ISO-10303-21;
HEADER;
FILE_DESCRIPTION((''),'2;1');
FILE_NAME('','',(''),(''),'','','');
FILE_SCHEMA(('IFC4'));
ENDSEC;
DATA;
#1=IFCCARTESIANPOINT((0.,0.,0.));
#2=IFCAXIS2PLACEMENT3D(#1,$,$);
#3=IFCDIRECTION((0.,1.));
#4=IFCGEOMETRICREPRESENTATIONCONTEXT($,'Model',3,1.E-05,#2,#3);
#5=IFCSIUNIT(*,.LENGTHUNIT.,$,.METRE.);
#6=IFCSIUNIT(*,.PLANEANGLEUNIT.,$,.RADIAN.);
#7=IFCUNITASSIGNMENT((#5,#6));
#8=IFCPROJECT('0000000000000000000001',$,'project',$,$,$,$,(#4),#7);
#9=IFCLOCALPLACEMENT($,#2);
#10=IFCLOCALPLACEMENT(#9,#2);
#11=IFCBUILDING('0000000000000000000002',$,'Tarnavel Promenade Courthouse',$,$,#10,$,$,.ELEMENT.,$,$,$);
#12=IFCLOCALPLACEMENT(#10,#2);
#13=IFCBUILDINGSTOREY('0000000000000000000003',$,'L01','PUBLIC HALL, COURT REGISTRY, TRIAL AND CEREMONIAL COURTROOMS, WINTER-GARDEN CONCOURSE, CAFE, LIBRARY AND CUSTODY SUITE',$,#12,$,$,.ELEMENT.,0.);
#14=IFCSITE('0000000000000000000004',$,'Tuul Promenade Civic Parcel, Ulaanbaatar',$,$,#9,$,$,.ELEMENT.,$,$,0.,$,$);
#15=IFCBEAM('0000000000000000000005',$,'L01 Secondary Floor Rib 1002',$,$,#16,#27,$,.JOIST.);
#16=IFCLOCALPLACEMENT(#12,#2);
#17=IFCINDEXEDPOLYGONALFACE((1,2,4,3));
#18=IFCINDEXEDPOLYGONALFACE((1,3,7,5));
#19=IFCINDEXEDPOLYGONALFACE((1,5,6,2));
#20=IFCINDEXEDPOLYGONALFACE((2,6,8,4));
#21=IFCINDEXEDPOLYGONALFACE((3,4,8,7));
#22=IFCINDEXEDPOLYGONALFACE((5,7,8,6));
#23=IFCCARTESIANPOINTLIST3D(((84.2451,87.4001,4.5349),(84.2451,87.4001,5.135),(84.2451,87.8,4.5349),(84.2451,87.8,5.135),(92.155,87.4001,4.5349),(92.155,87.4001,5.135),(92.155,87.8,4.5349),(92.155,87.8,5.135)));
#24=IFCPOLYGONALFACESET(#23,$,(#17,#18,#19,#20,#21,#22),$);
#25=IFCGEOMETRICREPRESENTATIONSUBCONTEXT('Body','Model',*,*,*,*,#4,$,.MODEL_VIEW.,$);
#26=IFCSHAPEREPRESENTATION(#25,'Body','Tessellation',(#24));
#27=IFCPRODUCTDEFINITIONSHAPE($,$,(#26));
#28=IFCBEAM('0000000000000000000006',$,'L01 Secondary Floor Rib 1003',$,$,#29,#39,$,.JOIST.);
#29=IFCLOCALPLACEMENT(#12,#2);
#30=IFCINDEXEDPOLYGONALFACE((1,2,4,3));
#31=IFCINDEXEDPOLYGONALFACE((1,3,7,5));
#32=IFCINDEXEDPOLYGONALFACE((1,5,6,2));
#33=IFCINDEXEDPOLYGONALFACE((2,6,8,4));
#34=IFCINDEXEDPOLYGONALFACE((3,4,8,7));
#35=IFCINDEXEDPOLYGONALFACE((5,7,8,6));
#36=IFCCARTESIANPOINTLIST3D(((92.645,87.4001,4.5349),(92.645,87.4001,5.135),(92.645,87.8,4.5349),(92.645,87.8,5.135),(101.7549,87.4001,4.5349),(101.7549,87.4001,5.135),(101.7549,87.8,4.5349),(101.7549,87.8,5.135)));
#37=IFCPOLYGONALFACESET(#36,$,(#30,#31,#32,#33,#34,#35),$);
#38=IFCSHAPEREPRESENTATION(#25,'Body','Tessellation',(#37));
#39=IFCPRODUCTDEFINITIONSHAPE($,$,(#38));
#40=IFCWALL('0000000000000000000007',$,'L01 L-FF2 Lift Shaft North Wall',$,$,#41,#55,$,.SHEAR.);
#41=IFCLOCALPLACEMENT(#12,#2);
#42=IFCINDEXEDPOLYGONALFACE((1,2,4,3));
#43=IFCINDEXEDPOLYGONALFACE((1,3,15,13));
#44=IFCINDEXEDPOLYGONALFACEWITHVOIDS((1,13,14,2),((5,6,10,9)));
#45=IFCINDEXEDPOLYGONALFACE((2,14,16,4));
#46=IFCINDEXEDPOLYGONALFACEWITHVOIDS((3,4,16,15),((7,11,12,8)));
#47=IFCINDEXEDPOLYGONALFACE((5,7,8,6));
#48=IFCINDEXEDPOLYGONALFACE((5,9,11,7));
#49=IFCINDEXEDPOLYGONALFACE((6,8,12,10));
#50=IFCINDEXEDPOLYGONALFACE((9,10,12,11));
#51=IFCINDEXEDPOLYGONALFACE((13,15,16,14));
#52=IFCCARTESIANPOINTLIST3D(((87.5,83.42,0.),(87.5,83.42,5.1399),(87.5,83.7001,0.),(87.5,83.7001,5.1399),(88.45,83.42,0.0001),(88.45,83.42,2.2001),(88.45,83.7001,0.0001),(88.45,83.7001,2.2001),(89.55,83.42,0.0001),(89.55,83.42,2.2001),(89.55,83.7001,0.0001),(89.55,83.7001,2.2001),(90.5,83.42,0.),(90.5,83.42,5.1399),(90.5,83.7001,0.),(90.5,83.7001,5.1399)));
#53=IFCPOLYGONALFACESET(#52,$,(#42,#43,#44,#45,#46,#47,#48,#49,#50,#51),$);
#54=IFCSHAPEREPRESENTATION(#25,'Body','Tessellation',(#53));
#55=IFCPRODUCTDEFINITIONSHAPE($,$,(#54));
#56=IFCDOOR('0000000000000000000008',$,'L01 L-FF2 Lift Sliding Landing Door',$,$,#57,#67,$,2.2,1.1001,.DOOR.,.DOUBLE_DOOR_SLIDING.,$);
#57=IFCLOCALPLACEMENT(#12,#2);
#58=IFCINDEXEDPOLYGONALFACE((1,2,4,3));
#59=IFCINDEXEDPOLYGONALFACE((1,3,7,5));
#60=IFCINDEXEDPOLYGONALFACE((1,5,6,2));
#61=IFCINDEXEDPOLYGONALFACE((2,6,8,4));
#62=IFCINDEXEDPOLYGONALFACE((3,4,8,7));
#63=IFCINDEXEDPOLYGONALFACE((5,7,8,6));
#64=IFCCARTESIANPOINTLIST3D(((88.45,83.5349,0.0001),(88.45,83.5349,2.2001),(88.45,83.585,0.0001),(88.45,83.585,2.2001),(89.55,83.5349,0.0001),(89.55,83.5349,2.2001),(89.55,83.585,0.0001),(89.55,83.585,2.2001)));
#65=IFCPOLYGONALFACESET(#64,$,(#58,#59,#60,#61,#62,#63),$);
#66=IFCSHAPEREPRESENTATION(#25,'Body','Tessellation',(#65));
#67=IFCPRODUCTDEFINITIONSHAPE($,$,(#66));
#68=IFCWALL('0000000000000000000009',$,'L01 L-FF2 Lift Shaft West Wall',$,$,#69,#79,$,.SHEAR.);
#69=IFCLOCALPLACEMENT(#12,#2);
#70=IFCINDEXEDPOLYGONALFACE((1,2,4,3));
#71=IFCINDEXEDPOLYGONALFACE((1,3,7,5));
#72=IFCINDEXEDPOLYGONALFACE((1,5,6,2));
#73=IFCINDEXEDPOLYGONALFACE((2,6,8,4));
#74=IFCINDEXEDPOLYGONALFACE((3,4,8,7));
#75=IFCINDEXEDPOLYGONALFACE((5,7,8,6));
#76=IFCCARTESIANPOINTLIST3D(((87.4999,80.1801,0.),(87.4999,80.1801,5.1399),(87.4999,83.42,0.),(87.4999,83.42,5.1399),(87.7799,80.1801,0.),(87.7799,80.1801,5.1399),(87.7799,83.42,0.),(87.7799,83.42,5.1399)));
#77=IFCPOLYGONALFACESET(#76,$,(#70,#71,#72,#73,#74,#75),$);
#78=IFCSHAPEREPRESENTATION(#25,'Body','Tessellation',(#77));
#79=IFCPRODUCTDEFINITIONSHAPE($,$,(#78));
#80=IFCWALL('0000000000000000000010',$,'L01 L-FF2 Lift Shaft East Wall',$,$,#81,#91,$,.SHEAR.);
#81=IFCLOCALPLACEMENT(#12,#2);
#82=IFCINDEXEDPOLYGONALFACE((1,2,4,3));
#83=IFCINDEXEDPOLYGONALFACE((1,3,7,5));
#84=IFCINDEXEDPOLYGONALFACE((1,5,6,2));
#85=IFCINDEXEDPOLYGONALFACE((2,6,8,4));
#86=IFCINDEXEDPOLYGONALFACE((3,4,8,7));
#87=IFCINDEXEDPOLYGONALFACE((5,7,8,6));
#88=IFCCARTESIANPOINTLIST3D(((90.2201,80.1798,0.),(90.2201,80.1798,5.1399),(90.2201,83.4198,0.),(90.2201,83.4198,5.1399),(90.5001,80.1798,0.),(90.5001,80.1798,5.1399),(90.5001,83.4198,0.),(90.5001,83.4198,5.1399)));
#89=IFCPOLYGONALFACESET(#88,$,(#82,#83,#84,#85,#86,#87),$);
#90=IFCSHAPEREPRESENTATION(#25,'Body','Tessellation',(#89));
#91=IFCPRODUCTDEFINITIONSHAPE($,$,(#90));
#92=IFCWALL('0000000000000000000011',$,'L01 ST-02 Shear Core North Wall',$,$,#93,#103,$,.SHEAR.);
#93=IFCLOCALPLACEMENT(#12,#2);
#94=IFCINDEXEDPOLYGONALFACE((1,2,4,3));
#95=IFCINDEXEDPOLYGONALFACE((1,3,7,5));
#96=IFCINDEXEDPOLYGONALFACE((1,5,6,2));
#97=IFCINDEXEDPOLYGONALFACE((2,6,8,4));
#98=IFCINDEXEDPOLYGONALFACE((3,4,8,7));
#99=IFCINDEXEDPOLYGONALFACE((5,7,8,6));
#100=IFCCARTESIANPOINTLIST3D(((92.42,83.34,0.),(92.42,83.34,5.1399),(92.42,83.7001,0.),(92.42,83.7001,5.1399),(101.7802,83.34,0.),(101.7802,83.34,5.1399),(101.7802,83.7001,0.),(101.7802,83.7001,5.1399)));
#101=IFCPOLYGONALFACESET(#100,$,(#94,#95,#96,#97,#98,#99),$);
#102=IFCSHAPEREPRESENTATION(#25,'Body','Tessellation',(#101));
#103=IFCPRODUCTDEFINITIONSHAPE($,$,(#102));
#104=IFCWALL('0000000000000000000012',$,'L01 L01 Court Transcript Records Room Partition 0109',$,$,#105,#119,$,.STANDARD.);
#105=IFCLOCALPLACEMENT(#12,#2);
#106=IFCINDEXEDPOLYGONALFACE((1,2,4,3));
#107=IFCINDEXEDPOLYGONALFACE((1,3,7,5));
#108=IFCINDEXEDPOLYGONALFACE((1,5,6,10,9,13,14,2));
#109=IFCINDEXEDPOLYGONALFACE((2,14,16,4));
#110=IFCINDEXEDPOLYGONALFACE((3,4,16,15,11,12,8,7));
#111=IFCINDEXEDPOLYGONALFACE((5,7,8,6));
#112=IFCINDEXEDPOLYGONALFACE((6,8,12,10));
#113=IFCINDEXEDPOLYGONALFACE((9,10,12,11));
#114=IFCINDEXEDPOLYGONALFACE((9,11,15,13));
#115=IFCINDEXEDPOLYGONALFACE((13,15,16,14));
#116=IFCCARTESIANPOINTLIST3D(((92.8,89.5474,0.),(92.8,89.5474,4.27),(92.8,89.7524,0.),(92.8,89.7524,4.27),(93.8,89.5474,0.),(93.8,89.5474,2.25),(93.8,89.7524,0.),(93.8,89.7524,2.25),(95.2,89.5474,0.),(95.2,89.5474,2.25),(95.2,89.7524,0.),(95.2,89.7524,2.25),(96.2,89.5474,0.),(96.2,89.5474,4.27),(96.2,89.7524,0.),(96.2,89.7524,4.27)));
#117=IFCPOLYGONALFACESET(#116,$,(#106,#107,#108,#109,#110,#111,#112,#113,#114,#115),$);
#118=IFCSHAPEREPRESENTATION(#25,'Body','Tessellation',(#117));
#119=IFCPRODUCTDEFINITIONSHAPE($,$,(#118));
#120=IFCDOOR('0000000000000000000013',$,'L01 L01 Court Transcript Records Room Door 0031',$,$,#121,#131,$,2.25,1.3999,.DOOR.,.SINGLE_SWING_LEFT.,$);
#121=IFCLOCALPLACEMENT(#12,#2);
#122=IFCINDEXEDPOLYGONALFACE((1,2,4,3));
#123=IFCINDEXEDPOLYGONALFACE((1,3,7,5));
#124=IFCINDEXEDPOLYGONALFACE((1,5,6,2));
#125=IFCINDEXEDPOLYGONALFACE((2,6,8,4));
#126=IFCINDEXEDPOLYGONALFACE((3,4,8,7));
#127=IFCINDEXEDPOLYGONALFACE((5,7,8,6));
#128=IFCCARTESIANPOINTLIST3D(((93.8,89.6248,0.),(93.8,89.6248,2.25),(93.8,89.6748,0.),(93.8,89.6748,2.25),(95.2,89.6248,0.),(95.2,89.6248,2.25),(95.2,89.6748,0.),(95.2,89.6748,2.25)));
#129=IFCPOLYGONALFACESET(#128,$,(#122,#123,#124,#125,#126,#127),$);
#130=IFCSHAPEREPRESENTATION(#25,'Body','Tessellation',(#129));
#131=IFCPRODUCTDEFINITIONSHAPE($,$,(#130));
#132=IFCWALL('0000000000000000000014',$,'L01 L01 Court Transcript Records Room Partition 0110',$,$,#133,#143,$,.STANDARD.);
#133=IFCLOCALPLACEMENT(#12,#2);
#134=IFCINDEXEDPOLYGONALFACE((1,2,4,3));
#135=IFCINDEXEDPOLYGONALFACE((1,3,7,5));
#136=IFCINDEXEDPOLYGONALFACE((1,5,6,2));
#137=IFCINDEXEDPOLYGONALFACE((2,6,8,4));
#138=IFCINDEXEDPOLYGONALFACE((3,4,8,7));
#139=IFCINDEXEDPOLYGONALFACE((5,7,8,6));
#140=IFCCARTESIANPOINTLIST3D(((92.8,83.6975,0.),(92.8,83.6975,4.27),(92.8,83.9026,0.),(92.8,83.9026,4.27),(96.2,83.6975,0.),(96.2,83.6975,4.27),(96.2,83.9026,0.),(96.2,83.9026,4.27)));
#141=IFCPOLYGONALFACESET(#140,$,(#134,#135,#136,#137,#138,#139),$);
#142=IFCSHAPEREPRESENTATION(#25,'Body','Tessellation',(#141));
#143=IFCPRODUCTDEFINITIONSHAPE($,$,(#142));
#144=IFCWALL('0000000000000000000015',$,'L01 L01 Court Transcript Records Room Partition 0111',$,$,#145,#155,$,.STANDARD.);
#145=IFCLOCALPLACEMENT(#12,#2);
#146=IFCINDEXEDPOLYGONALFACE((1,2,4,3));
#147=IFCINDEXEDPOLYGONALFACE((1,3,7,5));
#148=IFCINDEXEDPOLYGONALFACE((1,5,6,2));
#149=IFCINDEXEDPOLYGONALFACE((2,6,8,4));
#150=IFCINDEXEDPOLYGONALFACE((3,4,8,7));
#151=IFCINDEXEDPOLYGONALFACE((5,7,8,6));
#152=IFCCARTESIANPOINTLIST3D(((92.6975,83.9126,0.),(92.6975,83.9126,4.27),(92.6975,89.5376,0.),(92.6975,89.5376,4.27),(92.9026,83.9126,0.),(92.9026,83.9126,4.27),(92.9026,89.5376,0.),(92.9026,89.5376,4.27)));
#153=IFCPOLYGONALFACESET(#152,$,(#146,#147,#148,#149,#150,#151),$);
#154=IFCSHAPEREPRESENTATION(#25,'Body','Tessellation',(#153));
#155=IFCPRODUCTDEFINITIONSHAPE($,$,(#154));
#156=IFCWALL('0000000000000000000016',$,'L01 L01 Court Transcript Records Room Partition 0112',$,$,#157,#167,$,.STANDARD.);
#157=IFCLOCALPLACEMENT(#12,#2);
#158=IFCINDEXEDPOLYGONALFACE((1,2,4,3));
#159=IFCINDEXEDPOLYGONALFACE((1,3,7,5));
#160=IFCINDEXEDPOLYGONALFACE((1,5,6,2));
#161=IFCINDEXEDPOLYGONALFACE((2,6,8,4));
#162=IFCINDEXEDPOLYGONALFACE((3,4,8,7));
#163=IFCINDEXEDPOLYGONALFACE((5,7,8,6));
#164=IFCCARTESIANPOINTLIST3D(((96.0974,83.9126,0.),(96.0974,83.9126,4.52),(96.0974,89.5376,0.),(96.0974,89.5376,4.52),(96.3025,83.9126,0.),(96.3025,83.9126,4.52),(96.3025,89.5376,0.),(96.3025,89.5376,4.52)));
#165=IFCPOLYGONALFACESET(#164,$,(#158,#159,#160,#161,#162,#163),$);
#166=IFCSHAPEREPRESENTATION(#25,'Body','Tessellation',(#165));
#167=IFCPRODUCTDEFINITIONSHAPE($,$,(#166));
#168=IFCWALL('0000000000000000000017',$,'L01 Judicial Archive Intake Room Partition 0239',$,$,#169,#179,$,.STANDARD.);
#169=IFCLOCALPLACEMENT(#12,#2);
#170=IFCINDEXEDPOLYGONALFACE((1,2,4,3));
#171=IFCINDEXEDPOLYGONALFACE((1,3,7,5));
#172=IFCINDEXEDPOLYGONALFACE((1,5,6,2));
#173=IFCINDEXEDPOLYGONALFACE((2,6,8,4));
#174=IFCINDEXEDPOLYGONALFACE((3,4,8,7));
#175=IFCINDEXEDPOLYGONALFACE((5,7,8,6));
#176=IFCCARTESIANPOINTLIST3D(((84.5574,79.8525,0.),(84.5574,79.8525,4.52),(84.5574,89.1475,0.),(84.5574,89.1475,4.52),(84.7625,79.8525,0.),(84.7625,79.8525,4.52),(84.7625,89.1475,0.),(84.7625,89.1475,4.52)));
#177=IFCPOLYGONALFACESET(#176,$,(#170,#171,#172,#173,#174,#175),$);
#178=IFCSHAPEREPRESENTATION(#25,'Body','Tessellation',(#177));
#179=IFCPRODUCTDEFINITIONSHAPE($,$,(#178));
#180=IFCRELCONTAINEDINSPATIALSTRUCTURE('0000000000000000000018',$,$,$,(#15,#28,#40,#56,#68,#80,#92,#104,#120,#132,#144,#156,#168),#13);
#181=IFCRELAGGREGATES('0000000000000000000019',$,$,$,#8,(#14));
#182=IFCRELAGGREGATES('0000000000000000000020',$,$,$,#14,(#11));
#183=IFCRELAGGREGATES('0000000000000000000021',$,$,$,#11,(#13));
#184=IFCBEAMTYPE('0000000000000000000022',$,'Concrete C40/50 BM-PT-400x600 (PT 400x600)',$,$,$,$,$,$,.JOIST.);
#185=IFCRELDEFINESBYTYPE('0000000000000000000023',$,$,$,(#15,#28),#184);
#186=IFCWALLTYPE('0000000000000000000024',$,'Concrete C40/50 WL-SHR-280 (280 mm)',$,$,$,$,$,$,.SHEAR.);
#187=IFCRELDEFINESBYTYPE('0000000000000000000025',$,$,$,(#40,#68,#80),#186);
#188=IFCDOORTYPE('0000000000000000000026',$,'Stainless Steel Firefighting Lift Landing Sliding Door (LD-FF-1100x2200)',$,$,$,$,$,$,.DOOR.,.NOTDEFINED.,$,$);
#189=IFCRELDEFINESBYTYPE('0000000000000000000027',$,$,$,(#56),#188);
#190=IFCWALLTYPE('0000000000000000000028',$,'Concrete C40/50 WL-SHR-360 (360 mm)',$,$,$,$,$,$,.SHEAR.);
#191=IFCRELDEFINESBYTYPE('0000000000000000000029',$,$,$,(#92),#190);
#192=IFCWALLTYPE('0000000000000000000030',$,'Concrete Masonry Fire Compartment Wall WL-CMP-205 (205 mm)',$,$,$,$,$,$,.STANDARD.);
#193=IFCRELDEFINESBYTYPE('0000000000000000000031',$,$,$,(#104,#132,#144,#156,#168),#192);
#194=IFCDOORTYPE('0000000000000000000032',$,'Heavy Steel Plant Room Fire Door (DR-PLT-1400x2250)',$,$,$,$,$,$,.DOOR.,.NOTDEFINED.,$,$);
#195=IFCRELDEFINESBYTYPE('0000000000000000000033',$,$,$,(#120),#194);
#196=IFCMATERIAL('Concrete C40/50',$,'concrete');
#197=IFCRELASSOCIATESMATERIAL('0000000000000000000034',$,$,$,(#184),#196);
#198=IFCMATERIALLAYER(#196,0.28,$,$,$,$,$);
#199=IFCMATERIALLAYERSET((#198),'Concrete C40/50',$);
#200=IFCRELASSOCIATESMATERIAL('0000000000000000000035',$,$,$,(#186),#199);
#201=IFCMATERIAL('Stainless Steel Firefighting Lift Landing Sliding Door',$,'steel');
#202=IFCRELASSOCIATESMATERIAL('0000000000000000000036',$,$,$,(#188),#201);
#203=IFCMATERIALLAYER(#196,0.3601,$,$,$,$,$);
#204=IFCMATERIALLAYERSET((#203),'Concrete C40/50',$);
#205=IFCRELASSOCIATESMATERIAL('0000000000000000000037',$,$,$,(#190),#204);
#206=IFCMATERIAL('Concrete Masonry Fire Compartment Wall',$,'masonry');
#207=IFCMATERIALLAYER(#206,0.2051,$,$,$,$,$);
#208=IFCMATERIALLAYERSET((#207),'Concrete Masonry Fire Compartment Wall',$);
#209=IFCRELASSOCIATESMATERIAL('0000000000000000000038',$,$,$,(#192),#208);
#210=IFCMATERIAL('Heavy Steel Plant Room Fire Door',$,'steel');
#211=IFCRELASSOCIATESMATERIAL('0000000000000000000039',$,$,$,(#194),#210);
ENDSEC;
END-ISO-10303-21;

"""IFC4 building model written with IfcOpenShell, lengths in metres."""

from ifc_helpers import new_model, si_unit, direction, frame, frame_2d, origin, origin_2d, place, context, subcontext, project, spatial, rectangle, extrude, material, layer, layer_set, material_profile, profile_set, type_object, element, fill, save


model = new_model("IFC4")

# Units and contexts
model_context = context("Model", 3, precision=1e-05, world=origin(), true_north=direction((0.0, 1.0)))
body_context = subcontext(model_context, "Body", "Model", "MODEL_VIEW")
ifc_project = project(units=[si_unit("LENGTHUNIT", "METRE"), si_unit("PLANEANGLEUNIT", "RADIAN")], contexts=[model_context])

# Site, building, storey
site_placement = place(None, origin())
site = spatial("IfcSite", under=ifc_project, at=site_placement, Name="Tuul Promenade Civic Parcel, Ulaanbaatar", CompositionType="ELEMENT", RefElevation=0.0)
building_placement = place(site_placement, origin())
building = spatial("IfcBuilding", under=site, at=building_placement, Name="Tarnavel Promenade Courthouse", CompositionType="ELEMENT")
storey_placement = place(building_placement, origin())
storey = spatial("IfcBuildingStorey", under=building, at=storey_placement, Name="L01", Description="PUBLIC HALL, COURT REGISTRY, TRIAL AND CEREMONIAL COURTROOMS, WINTER-GARDEN CONCOURSE, CAFE, LIBRARY AND CUSTODY SUITE", CompositionType="ELEMENT", Elevation=0.0)

# Beams
ifc_material_1 = material(Name="Concrete C40/50", Category="concrete")
ifc_material_profile = material_profile(ifc_material_1, rectangle(XDim=0.3999, YDim=0.6001, at=origin_2d()), Name="PT 400x600")
ifc_profile_set = profile_set([ifc_material_profile], Name="Concrete C40/50")
beam_type = type_object("IfcBeamType", Name="Concrete C40/50 BM-PT-400x600 (PT 400x600)", PredefinedType="JOIST", material=ifc_profile_set)
beam_1_placement = place(storey_placement, frame((84.2451, 87.6001, 4.835), z_axis=(1.0, 0.0, 0.0), x_axis=(0.0, 1.0, 0.0)))
element("IfcBeam", 1, at=beam_1_placement, inside=storey, type_object=beam_type, Name="L01 Secondary Floor Rib 1002", PredefinedType="JOIST", context=body_context, shape_type="SweptSolid", body=[
    extrude(rectangle(XDim=0.3999, YDim=0.6001, at=origin_2d()), origin(), (0.0, 0.0, 1.0), 7.9099),
])
beam_2_placement = place(storey_placement, frame((92.645, 87.6001, 4.835), z_axis=(1.0, 0.0, 0.0), x_axis=(0.0, 1.0, 0.0)))
element("IfcBeam", 2, at=beam_2_placement, inside=storey, type_object=beam_type, Name="L01 Secondary Floor Rib 1003", PredefinedType="JOIST", context=body_context, shape_type="SweptSolid", body=[
    extrude(rectangle(XDim=0.3999, YDim=0.6001, at=origin_2d()), origin(), (0.0, 0.0, 1.0), 9.1099),
])

# Wall, opening, door
ifc_layer_1 = layer(ifc_material_1, 0.28)
ifc_layer_set_1 = layer_set([ifc_layer_1], Name="Concrete C40/50")
wall_type_1 = type_object("IfcWallType", Name="Concrete C40/50 WL-SHR-280 (280 mm)", PredefinedType="SHEAR", material=ifc_layer_set_1)
wall_1_placement = place(storey_placement, frame((87.5, 83.5601, 0.0), z_axis=(0.0, 0.0, 1.0), x_axis=(1.0, 0.0, 0.0)))
wall_1 = element("IfcWall", 3, at=wall_1_placement, inside=storey, type_object=wall_type_1, Name="L01 L-FF2 Lift Shaft North Wall", PredefinedType="SHEAR", context=body_context, shape_type="SweptSolid", body=[
    extrude(rectangle(XDim=3.0, YDim=0.28, at=frame_2d((1.5, 0.0))), origin(), (0.0, 0.0, 1.0), 5.1399),
])
opening_1_placement = place(wall_1_placement, frame((0.95, 0.0, 0.0)))
opening_1 = element("IfcOpeningElement", 4, at=opening_1_placement, cuts=wall_1, PredefinedType="OPENING", context=body_context, shape_type="SweptSolid", body=[
    extrude(rectangle(XDim=1.1001, YDim=2.2, at=frame_2d((0.55, 1.1001))), frame((0.0, 0.1499, 0.0), z_axis=(0.0, -1.0, 0.0), x_axis=(1.0, 0.0, 0.0)), (0.0, 0.0, 1.0), 0.3),
])
ifc_material_2 = material(Name="Stainless Steel Firefighting Lift Landing Sliding Door", Category="steel")
door_type_1 = type_object("IfcDoorType", Name="Stainless Steel Firefighting Lift Landing Sliding Door (LD-FF-1100x2200)", OperationType="NOTDEFINED", PredefinedType="DOOR", material=ifc_material_2)
door_1_placement = place(opening_1_placement, origin())
door_1 = element("IfcDoor", 5, at=door_1_placement, inside=storey, type_object=door_type_1, Name="L01 L-FF2 Lift Sliding Landing Door", OperationType="DOUBLE_DOOR_SLIDING", OverallHeight=2.2, OverallWidth=1.1001, PredefinedType="DOOR", context=body_context, shape_type="SweptSolid", body=[
    extrude(rectangle(XDim=1.1001, YDim=2.2, at=frame_2d((0.55, 1.1001))), frame((0.0, 0.0249, 0.0), z_axis=(0.0, -1.0, 0.0), x_axis=(1.0, 0.0, 0.0)), (0.0, 0.0, 1.0), 0.05),
])
fill(opening_1, door_1)

# Walls
for number, where, z_axis, x_axis, name in (
    (6, (87.6399, 80.1799, 0.0), (0.0, 0.0, 1.0), (0.0, 1.0, 0.0), "L01 L-FF2 Lift Shaft West Wall"),
    (7, (90.3601, 83.4199, 0.0), (0.0, 0.0, 1.0), (0.0, -1.0, 0.0), "L01 L-FF2 Lift Shaft East Wall"),
):
    element("IfcWall", number, at=place(storey_placement, frame(where, z_axis=z_axis, x_axis=x_axis)), inside=storey, type_object=wall_type_1, Name=name, PredefinedType="SHEAR", context=body_context, shape_type="SweptSolid", body=[
        extrude(rectangle(XDim=3.24, YDim=0.28, at=frame_2d((1.6201, 0.0))), origin(), (0.0, 0.0, 1.0), 5.1399),
    ])
ifc_layer_2 = layer(ifc_material_1, 0.3601)
ifc_layer_set_2 = layer_set([ifc_layer_2], Name="Concrete C40/50")
wall_type_2 = type_object("IfcWallType", Name="Concrete C40/50 WL-SHR-360 (360 mm)", PredefinedType="SHEAR", material=ifc_layer_set_2)
wall_2_placement = place(storey_placement, frame((92.4199, 83.52, 0.0), z_axis=(0.0, 0.0, 1.0), x_axis=(1.0, 0.0, 0.0)))
element("IfcWall", 8, at=wall_2_placement, inside=storey, type_object=wall_type_2, Name="L01 ST-02 Shear Core North Wall", PredefinedType="SHEAR", context=body_context, shape_type="SweptSolid", body=[
    extrude(rectangle(XDim=9.3601, YDim=0.3601, at=frame_2d((4.6802, 0.0))), origin(), (0.0, 0.0, 1.0), 5.1399),
])

# Wall, opening, door
ifc_material_3 = material(Name="Concrete Masonry Fire Compartment Wall", Category="masonry")
ifc_layer_3 = layer(ifc_material_3, 0.2051)
ifc_layer_set_3 = layer_set([ifc_layer_3], Name="Concrete Masonry Fire Compartment Wall")
wall_type_3 = type_object("IfcWallType", Name="Concrete Masonry Fire Compartment Wall WL-CMP-205 (205 mm)", PredefinedType="STANDARD", material=ifc_layer_set_3)
wall_3_placement = place(storey_placement, frame((92.8, 89.6499, 0.0), z_axis=(0.0, 0.0, 1.0), x_axis=(1.0, 0.0, 0.0)))
wall_3 = element("IfcWall", 9, at=wall_3_placement, inside=storey, type_object=wall_type_3, Name="L01 L01 Court Transcript Records Room Partition 0109", PredefinedType="STANDARD", context=body_context, shape_type="SweptSolid", body=[
    extrude(rectangle(XDim=3.3999, YDim=0.2051, at=frame_2d((1.7, 0.0))), origin(), (0.0, 0.0, 1.0), 4.27),
])
opening_2_placement = place(wall_3_placement, frame((1.0, 0.0, 0.0)))
opening_2 = element("IfcOpeningElement", 10, at=opening_2_placement, cuts=wall_3, PredefinedType="OPENING", context=body_context, shape_type="SweptSolid", body=[
    extrude(rectangle(XDim=1.3999, YDim=2.25, at=frame_2d((0.7, 1.125))), frame((0.0, 0.1125, 0.0), z_axis=(0.0, -1.0, 0.0), x_axis=(1.0, 0.0, 0.0)), (0.0, 0.0, 1.0), 0.2251),
])
ifc_material_4 = material(Name="Heavy Steel Plant Room Fire Door", Category="steel")
door_type_2 = type_object("IfcDoorType", Name="Heavy Steel Plant Room Fire Door (DR-PLT-1400x2250)", OperationType="NOTDEFINED", PredefinedType="DOOR", material=ifc_material_4)
door_2_placement = place(opening_2_placement, origin())
door_2 = element("IfcDoor", 11, at=door_2_placement, inside=storey, type_object=door_type_2, Name="L01 L01 Court Transcript Records Room Door 0031", OperationType="SINGLE_SWING_LEFT", OverallHeight=2.25, OverallWidth=1.3999, PredefinedType="DOOR", context=body_context, shape_type="SweptSolid", body=[
    extrude(rectangle(XDim=1.3999, YDim=2.25, at=frame_2d((0.7, 1.125))), frame((0.0, 0.0249, 0.0), z_axis=(0.0, -1.0, 0.0), x_axis=(1.0, 0.0, 0.0)), (0.0, 0.0, 1.0), 0.05),
])
fill(opening_2, door_2)

# Walls
wall_4_placement = place(storey_placement, frame((96.2, 83.8, 0.0), z_axis=(0.0, 0.0, 1.0), x_axis=(-1.0, 0.0, 0.0)))
element("IfcWall", 12, at=wall_4_placement, inside=storey, type_object=wall_type_3, Name="L01 L01 Court Transcript Records Room Partition 0110", PredefinedType="STANDARD", context=body_context, shape_type="SweptSolid", body=[
    extrude(rectangle(XDim=3.3999, YDim=0.2051, at=frame_2d((1.7, 0.0))), origin(), (0.0, 0.0, 1.0), 4.27),
])
wall_5_placement = place(storey_placement, frame((92.8, 83.9126, 0.0), z_axis=(0.0, 0.0, 1.0), x_axis=(0.0, 1.0, 0.0)))
element("IfcWall", 13, at=wall_5_placement, inside=storey, type_object=wall_type_3, Name="L01 L01 Court Transcript Records Room Partition 0111", PredefinedType="STANDARD", context=body_context, shape_type="SweptSolid", body=[
    extrude(rectangle(XDim=5.625, YDim=0.2051, at=frame_2d((2.8125, 0.0))), origin(), (0.0, 0.0, 1.0), 4.27),
])
wall_6_placement = place(storey_placement, frame((96.2, 89.5376, 0.0), z_axis=(0.0, 0.0, 1.0), x_axis=(0.0, -1.0, 0.0)))
element("IfcWall", 14, at=wall_6_placement, inside=storey, type_object=wall_type_3, Name="L01 L01 Court Transcript Records Room Partition 0112", PredefinedType="STANDARD", context=body_context, shape_type="SweptSolid", body=[
    extrude(rectangle(XDim=5.625, YDim=0.2051, at=frame_2d((2.8125, 0.0))), origin(), (0.0, 0.0, 1.0), 4.52),
])
wall_7_placement = place(storey_placement, frame((84.6599, 89.1475, 0.0), z_axis=(0.0, 0.0, 1.0), x_axis=(0.0, -1.0, 0.0)))
element("IfcWall", 15, at=wall_7_placement, inside=storey, type_object=wall_type_3, Name="L01 Judicial Archive Intake Room Partition 0239", PredefinedType="STANDARD", context=body_context, shape_type="SweptSolid", body=[
    extrude(rectangle(XDim=9.2949, YDim=0.2051, at=frame_2d((4.6475, 0.0))), origin(), (0.0, 0.0, 1.0), 4.52),
])

save(model, "model.ifc")
